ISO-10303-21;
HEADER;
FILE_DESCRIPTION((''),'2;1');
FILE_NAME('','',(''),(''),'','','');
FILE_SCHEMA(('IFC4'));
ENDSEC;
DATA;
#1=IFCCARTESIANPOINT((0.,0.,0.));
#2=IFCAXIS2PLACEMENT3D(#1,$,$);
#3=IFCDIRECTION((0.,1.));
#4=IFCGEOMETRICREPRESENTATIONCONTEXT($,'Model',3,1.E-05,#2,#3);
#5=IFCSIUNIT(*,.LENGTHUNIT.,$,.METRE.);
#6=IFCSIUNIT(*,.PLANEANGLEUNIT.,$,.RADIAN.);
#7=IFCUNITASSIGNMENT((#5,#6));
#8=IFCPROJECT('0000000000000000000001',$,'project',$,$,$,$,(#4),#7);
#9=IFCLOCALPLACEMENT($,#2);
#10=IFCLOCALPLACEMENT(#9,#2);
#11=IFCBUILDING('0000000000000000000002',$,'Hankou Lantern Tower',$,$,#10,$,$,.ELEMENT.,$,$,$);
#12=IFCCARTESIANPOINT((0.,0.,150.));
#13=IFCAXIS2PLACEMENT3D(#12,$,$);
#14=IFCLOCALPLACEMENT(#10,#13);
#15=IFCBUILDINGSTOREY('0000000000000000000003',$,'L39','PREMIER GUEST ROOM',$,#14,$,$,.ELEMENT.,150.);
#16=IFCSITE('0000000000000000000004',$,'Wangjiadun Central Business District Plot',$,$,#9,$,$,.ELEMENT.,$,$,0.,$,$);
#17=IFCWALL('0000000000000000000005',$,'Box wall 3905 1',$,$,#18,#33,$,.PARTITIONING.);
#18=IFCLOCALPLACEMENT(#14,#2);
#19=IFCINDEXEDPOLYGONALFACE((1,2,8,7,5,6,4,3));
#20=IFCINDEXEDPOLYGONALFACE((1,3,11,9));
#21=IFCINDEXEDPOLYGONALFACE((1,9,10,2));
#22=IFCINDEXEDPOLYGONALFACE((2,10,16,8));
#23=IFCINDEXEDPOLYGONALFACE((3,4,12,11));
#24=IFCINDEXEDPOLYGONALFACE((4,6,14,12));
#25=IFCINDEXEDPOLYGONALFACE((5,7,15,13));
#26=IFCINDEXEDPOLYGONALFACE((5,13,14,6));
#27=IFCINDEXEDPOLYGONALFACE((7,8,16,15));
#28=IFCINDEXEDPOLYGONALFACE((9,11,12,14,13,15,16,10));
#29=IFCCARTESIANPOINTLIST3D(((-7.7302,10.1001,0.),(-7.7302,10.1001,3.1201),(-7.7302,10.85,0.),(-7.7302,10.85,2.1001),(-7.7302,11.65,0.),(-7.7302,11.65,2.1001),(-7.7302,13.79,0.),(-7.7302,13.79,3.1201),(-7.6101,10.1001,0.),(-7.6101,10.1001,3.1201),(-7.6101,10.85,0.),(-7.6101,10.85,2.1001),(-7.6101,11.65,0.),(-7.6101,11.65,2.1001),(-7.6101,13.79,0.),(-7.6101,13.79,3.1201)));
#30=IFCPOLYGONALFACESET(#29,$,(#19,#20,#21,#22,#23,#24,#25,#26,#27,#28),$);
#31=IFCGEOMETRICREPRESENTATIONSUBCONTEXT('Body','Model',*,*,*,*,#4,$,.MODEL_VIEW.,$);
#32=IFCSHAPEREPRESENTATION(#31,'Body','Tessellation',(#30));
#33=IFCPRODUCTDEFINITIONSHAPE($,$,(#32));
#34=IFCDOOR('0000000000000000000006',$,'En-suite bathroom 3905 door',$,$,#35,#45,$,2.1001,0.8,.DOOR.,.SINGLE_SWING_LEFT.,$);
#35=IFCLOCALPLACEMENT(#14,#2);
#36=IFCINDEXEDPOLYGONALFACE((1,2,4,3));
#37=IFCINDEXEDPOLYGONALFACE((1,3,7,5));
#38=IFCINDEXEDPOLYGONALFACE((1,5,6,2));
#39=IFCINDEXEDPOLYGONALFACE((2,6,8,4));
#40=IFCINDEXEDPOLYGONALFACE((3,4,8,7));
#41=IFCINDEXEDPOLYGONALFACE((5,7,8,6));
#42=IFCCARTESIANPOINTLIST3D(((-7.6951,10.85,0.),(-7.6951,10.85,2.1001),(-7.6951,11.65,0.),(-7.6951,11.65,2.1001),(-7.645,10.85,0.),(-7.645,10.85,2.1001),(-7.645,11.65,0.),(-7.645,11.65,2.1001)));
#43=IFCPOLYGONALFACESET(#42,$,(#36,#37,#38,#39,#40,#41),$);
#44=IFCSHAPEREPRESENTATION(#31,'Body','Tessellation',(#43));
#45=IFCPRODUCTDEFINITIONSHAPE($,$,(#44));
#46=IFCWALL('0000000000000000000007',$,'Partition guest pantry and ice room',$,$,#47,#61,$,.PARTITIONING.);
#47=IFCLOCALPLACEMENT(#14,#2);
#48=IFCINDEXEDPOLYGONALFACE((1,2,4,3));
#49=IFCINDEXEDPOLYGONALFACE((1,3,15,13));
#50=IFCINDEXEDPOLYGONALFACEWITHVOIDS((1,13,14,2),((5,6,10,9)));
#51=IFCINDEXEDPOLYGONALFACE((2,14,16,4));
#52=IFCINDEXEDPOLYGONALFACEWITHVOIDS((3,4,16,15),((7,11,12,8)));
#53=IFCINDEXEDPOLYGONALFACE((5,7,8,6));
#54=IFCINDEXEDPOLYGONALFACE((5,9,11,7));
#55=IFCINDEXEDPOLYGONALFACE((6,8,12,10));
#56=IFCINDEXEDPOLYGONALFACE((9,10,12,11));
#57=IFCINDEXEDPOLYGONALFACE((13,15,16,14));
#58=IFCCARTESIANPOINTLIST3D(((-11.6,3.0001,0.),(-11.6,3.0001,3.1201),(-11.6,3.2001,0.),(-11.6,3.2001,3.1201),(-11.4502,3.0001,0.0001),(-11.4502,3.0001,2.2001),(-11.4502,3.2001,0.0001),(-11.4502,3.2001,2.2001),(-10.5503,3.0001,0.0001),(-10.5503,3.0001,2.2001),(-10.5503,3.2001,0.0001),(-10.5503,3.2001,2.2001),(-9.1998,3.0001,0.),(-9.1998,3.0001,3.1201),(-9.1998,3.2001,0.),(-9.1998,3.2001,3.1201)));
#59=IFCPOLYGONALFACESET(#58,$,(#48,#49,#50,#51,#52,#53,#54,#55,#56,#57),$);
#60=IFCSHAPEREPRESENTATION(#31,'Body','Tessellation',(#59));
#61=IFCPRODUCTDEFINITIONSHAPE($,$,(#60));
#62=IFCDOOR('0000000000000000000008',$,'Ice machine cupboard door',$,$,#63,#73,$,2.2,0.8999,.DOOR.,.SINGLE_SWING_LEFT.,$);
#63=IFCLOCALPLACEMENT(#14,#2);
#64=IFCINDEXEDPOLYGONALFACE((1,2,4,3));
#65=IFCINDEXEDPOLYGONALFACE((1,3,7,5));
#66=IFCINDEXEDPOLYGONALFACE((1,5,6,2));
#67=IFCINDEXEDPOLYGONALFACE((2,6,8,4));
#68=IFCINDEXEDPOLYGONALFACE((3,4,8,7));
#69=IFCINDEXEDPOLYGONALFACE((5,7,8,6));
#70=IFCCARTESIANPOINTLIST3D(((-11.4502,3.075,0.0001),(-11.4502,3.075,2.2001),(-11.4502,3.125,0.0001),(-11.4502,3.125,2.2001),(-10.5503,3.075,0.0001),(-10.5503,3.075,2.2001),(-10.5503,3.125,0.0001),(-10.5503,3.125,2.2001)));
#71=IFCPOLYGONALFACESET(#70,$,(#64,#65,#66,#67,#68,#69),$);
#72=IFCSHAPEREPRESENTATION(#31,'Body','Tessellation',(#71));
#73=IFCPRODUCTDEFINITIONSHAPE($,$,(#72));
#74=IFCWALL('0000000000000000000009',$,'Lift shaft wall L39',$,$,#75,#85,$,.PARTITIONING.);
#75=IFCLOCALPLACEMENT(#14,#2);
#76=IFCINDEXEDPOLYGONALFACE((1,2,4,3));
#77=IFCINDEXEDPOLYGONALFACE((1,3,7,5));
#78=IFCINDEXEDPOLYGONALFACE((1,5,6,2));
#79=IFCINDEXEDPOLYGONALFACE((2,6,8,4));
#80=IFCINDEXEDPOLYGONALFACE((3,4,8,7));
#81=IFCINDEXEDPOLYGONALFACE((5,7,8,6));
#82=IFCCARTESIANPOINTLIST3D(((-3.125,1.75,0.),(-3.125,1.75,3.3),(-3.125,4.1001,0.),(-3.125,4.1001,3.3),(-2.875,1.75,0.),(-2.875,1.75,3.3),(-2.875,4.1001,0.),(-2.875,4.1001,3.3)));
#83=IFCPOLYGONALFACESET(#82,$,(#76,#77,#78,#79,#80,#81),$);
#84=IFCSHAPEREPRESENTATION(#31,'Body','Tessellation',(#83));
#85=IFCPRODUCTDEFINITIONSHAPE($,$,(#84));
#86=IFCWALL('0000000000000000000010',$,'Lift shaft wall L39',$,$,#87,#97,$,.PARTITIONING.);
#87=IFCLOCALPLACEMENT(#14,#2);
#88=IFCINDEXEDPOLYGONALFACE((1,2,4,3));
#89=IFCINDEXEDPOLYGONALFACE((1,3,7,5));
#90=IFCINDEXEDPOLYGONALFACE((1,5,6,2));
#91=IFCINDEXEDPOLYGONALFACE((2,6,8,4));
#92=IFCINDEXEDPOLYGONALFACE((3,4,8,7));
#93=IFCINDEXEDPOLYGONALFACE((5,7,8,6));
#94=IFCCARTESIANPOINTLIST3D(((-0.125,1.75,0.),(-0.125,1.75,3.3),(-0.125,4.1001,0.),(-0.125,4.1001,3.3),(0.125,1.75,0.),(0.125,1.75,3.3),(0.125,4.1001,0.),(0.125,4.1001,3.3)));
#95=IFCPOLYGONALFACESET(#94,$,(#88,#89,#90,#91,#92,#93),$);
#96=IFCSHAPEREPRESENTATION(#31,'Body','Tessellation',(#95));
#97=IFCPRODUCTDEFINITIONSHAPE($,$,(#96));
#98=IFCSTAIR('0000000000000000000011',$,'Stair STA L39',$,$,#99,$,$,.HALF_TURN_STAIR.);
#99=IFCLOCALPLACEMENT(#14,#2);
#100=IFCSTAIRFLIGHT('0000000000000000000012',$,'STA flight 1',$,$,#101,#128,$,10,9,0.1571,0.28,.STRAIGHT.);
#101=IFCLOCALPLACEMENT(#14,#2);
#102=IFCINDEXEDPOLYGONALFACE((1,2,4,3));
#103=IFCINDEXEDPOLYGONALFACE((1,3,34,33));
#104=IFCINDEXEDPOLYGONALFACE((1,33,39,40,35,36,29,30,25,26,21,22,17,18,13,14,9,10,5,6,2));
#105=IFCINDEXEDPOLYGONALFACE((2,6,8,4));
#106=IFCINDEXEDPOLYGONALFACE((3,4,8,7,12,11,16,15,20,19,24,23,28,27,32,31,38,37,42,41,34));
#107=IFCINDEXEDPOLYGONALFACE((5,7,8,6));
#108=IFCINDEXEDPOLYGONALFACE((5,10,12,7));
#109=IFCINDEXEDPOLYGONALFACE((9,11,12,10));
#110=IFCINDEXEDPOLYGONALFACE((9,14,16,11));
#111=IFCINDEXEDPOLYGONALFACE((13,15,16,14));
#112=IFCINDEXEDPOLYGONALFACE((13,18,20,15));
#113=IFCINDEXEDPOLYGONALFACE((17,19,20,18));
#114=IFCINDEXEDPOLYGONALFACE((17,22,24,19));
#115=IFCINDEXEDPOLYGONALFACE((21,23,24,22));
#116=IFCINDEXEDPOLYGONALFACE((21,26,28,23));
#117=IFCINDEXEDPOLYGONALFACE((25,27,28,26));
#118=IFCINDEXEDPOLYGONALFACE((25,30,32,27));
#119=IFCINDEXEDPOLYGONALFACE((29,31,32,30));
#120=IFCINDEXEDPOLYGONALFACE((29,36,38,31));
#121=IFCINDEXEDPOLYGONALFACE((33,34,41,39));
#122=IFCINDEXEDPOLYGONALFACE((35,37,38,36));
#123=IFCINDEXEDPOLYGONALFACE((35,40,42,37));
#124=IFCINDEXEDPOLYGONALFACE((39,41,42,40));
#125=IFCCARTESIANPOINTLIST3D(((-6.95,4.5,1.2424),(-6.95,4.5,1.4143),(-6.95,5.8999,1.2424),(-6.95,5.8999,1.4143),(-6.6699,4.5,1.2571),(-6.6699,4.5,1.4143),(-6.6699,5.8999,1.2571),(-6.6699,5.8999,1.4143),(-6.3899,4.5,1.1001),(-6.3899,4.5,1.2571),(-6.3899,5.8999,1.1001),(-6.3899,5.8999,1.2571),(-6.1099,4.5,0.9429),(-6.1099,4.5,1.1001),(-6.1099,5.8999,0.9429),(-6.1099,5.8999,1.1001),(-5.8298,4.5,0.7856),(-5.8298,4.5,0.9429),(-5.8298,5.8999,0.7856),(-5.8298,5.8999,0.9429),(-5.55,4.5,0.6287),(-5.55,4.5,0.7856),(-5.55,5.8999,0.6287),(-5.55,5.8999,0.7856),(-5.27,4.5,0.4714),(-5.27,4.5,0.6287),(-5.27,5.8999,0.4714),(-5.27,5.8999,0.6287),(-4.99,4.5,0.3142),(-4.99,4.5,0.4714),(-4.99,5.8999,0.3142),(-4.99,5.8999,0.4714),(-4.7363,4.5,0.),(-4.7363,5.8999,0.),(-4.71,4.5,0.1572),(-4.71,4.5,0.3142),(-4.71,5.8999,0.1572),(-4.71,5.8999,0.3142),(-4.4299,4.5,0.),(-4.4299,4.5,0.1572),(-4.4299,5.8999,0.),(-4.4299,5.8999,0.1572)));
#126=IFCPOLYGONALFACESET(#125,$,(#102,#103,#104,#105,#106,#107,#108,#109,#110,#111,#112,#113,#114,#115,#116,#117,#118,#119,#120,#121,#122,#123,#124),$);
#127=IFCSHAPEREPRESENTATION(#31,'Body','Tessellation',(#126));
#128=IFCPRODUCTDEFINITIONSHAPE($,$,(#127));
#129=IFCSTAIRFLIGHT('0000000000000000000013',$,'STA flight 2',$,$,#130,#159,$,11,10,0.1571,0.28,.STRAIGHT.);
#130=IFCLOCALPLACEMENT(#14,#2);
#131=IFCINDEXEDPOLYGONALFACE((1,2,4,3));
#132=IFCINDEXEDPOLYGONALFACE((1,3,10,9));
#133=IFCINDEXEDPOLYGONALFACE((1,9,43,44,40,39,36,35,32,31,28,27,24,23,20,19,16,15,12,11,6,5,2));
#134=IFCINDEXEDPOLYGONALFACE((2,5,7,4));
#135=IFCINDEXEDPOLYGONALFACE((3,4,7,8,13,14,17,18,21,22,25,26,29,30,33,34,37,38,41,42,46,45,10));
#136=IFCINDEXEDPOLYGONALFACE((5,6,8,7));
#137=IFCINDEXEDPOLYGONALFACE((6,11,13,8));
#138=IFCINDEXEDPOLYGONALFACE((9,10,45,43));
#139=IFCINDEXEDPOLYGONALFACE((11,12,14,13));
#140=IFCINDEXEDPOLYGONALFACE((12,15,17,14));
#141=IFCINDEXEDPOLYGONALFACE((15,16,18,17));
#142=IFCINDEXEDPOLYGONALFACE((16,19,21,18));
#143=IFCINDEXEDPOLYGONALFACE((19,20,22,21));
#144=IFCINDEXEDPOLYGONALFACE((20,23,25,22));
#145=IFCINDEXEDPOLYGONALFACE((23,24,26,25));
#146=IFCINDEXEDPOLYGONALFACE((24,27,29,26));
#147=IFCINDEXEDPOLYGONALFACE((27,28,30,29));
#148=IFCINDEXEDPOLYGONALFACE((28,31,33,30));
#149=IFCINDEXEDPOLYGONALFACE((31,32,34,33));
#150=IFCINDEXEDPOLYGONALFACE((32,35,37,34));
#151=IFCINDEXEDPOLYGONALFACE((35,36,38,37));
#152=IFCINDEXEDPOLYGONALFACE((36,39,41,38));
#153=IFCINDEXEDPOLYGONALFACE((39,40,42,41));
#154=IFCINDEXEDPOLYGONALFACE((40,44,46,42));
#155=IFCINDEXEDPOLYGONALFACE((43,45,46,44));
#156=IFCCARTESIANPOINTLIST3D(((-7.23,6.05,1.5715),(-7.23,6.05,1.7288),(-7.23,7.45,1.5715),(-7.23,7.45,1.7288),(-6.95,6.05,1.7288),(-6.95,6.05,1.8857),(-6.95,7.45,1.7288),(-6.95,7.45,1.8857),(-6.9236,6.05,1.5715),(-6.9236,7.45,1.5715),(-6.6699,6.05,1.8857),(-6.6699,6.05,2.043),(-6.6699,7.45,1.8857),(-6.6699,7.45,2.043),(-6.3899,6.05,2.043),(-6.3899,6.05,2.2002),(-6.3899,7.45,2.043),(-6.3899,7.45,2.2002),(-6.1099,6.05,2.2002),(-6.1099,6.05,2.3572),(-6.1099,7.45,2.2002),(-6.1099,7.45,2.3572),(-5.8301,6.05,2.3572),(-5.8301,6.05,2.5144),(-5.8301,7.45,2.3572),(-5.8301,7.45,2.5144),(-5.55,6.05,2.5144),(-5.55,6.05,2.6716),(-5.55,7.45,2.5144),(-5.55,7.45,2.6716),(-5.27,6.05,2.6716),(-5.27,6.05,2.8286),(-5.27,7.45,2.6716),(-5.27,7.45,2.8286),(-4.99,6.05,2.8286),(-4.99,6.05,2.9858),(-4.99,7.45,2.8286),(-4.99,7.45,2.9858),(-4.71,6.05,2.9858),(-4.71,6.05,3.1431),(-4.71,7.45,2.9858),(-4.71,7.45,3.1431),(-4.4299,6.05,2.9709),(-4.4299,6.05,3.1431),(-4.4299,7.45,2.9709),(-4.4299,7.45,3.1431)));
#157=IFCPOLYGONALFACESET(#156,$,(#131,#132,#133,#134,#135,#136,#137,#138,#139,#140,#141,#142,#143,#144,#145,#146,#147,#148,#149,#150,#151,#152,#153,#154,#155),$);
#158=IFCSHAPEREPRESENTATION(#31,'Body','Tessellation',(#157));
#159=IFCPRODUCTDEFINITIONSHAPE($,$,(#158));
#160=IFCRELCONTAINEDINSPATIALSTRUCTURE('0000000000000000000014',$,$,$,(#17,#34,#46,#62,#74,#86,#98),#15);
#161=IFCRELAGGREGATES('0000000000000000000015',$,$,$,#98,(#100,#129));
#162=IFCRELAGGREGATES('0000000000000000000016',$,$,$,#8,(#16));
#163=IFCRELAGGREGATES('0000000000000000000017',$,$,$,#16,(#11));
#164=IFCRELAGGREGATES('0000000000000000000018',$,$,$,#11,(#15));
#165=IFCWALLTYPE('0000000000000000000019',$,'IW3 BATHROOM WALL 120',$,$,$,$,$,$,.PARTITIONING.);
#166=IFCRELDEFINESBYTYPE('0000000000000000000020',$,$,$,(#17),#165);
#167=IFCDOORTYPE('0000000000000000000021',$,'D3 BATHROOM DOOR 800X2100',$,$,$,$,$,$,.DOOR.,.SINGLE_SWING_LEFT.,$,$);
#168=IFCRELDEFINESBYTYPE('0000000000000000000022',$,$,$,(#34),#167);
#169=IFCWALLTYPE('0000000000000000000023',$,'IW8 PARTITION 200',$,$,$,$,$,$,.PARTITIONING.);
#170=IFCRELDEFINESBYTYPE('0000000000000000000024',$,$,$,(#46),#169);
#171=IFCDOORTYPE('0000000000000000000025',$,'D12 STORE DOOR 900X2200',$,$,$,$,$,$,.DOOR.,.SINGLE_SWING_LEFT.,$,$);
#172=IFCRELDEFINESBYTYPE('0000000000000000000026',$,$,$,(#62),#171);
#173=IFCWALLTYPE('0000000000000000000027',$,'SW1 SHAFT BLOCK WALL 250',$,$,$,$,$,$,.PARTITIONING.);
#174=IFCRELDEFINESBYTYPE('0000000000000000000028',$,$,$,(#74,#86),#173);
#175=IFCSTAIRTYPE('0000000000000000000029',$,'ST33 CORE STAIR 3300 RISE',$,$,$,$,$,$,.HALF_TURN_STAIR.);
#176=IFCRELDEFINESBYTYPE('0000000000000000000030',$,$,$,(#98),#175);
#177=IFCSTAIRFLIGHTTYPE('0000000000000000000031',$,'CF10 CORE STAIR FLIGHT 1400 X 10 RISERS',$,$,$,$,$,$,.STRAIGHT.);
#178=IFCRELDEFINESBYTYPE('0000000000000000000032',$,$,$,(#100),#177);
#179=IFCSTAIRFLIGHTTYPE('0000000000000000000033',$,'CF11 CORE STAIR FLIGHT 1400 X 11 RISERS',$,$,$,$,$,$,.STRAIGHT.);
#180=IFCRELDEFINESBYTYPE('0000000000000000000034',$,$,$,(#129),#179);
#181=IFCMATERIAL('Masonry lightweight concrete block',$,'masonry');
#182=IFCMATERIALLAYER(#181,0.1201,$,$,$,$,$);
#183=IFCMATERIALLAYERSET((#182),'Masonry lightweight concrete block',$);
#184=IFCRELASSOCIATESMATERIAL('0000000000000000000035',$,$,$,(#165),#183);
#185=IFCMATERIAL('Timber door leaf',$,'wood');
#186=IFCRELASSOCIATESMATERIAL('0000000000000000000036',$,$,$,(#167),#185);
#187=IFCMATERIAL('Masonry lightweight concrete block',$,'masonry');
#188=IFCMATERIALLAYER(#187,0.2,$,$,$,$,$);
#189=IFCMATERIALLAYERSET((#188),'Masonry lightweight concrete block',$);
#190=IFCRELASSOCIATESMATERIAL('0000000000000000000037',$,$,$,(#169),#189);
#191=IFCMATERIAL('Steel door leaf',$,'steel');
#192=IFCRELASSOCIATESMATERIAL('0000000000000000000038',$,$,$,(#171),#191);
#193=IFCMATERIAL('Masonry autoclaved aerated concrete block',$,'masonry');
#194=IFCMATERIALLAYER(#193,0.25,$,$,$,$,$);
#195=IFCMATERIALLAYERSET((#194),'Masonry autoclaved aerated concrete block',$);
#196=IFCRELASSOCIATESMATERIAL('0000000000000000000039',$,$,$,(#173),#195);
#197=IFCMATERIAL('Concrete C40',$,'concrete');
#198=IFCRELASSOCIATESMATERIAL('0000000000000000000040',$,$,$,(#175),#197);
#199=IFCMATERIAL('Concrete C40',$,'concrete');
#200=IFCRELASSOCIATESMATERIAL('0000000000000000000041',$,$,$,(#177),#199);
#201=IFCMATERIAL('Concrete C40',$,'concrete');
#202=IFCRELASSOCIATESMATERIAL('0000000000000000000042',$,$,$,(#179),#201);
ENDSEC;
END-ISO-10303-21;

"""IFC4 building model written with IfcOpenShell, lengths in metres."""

from ifc_helpers import new_model, si_unit, direction, frame, frame_2d, origin, place, context, subcontext, project, spatial, polyline, rectangle, outline, extrude, material, layer, layer_set, type_object, element, fill, aggregate, save


model = new_model("IFC4")

# Units and contexts
model_context = context("Model", 3, precision=1e-05, world=origin(), true_north=direction((0.0, 1.0)))
body_context = subcontext(model_context, "Body", "Model", "MODEL_VIEW")
ifc_project = project(units=[si_unit("LENGTHUNIT", "METRE"), si_unit("PLANEANGLEUNIT", "RADIAN")], contexts=[model_context])

# Site, building, storey
site_placement = place(None, origin())
site = spatial("IfcSite", under=ifc_project, at=site_placement, Name="Wangjiadun Central Business District Plot", CompositionType="ELEMENT", RefElevation=0.0)
building_placement = place(site_placement, origin())
building = spatial("IfcBuilding", under=site, at=building_placement, Name="Hankou Lantern Tower", CompositionType="ELEMENT")
storey_placement = place(building_placement, frame((0.0, 0.0, 150.0)))
storey = spatial("IfcBuildingStorey", under=building, at=storey_placement, Name="L39", Description="PREMIER GUEST ROOM", CompositionType="ELEMENT", Elevation=150.0)

# Walls, openings, doors
ifc_material_1 = material(Name="Masonry lightweight concrete block", Category="masonry")
ifc_layer_1 = layer(ifc_material_1, 0.1201)
ifc_layer_set_1 = layer_set([ifc_layer_1], Name="Masonry lightweight concrete block")
wall_type_1 = type_object("IfcWallType", Name="IW3 BATHROOM WALL 120", PredefinedType="PARTITIONING", material=ifc_layer_set_1)
wall_1_placement = place(storey_placement, frame((-7.6702, 10.1001, 0.0), z_axis=(0.0, 0.0, 1.0), x_axis=(0.0, 1.0, 0.0)))
wall_1 = element("IfcWall", 1, at=wall_1_placement, inside=storey, type_object=wall_type_1, Name="Box wall 3905 1", PredefinedType="PARTITIONING", context=body_context, shape_type="SweptSolid", body=[
    extrude(rectangle(XDim=3.6899, YDim=0.1201, at=frame_2d((1.845, 0.0))), origin(), (0.0, 0.0, 1.0), 3.1201),
])
opening_1_placement = place(wall_1_placement, frame((0.75, 0.0, 0.0)))
opening_1 = element("IfcOpeningElement", 2, at=opening_1_placement, cuts=wall_1, PredefinedType="OPENING", context=body_context, shape_type="SweptSolid", body=[
    extrude(rectangle(XDim=0.8, YDim=2.1001, at=frame_2d((0.3999, 1.05))), frame((0.0, 0.0701, 0.0), z_axis=(0.0, -1.0, 0.0), x_axis=(1.0, 0.0, 0.0)), (0.0, 0.0, 1.0), 0.1401),
])
ifc_material_2 = material(Name="Timber door leaf", Category="wood")
door_type_1 = type_object("IfcDoorType", Name="D3 BATHROOM DOOR 800X2100", OperationType="SINGLE_SWING_LEFT", PredefinedType="DOOR", material=ifc_material_2)
door_1_placement = place(opening_1_placement, origin())
door_1 = element("IfcDoor", 3, at=door_1_placement, inside=storey, type_object=door_type_1, Name="En-suite bathroom 3905 door", OperationType="SINGLE_SWING_LEFT", OverallHeight=2.1001, OverallWidth=0.8, PredefinedType="DOOR", context=body_context, shape_type="SweptSolid", body=[
    extrude(rectangle(XDim=0.8, YDim=2.1001, at=frame_2d((0.3999, 1.05))), frame((0.0, 0.0249, 0.0), z_axis=(0.0, -1.0, 0.0), x_axis=(1.0, 0.0, 0.0)), (0.0, 0.0, 1.0), 0.05),
])
fill(opening_1, door_1)
ifc_material_3 = material(Name="Masonry lightweight concrete block", Category="masonry")
ifc_layer_2 = layer(ifc_material_3, 0.2)
ifc_layer_set_2 = layer_set([ifc_layer_2], Name="Masonry lightweight concrete block")
wall_type_2 = type_object("IfcWallType", Name="IW8 PARTITION 200", PredefinedType="PARTITIONING", material=ifc_layer_set_2)
wall_2_placement = place(storey_placement, frame((-11.6001, 3.1001, 0.0), z_axis=(0.0, 0.0, 1.0), x_axis=(1.0, 0.0, 0.0)))
wall_2 = element("IfcWall", 4, at=wall_2_placement, inside=storey, type_object=wall_type_2, Name="Partition guest pantry and ice room", PredefinedType="PARTITIONING", context=body_context, shape_type="SweptSolid", body=[
    extrude(rectangle(XDim=2.4001, YDim=0.2, at=frame_2d((1.2002, 0.0))), origin(), (0.0, 0.0, 1.0), 3.1201),
])
opening_2_placement = place(wall_2_placement, frame((0.1499, 0.0, 0.0)))
opening_2 = element("IfcOpeningElement", 5, at=opening_2_placement, cuts=wall_2, PredefinedType="OPENING", context=body_context, shape_type="SweptSolid", body=[
    extrude(rectangle(XDim=0.8999, YDim=2.2, at=frame_2d((0.45, 1.1001))), frame((0.0, 0.1099, 0.0), z_axis=(0.0, -1.0, 0.0), x_axis=(1.0, 0.0, 0.0)), (0.0, 0.0, 1.0), 0.22),
])
ifc_material_4 = material(Name="Steel door leaf", Category="steel")
door_type_2 = type_object("IfcDoorType", Name="D12 STORE DOOR 900X2200", OperationType="SINGLE_SWING_LEFT", PredefinedType="DOOR", material=ifc_material_4)
door_2_placement = place(opening_2_placement, origin())
door_2 = element("IfcDoor", 6, at=door_2_placement, inside=storey, type_object=door_type_2, Name="Ice machine cupboard door", OperationType="SINGLE_SWING_LEFT", OverallHeight=2.2, OverallWidth=0.8999, PredefinedType="DOOR", context=body_context, shape_type="SweptSolid", body=[
    extrude(rectangle(XDim=0.8999, YDim=2.2, at=frame_2d((0.45, 1.1001))), frame((0.0, 0.0249, 0.0), z_axis=(0.0, -1.0, 0.0), x_axis=(1.0, 0.0, 0.0)), (0.0, 0.0, 1.0), 0.05),
])
fill(opening_2, door_2)

# Walls
ifc_material_5 = material(Name="Masonry autoclaved aerated concrete block", Category="masonry")
ifc_layer_3 = layer(ifc_material_5, 0.25)
ifc_layer_set_3 = layer_set([ifc_layer_3], Name="Masonry autoclaved aerated concrete block")
wall_type_3 = type_object("IfcWallType", Name="SW1 SHAFT BLOCK WALL 250", PredefinedType="PARTITIONING", material=ifc_layer_set_3)
for number, where, z_axis, x_axis, name in (
    (7, (-3.0, 1.75, 0.0), (0.0, 0.0, 1.0), (0.0, 1.0, 0.0), "Lift shaft wall L39"),
    (8, (0.0, 1.75, 0.0), (0.0, 0.0, 1.0), (0.0, 1.0, 0.0), "Lift shaft wall L39"),
):
    element("IfcWall", number, at=place(storey_placement, frame(where, z_axis=z_axis, x_axis=x_axis)), inside=storey, type_object=wall_type_3, Name=name, PredefinedType="PARTITIONING", context=body_context, shape_type="SweptSolid", body=[
        extrude(rectangle(XDim=2.3501, YDim=0.25, at=frame_2d((1.175, 0.0))), origin(), (0.0, 0.0, 1.0), 3.3),
    ])

# Stair, stair flights
ifc_material_6 = material(Name="Concrete C40", Category="concrete")
stair_type = type_object("IfcStairType", Name="ST33 CORE STAIR 3300 RISE", PredefinedType="HALF_TURN_STAIR", material=ifc_material_6)
stair_placement = place(storey_placement, origin())
stair = element("IfcStair", 9, at=stair_placement, inside=storey, type_object=stair_type, Name="Stair STA L39", PredefinedType="HALF_TURN_STAIR")
ifc_material_7 = material(Name="Concrete C40", Category="concrete")
stair_flight_type_1 = type_object("IfcStairFlightType", Name="CF10 CORE STAIR FLIGHT 1400 X 10 RISERS", PredefinedType="STRAIGHT", material=ifc_material_7)
stair_flight_1_placement = place(storey_placement, frame((-4.4299, 5.2, 0.0), z_axis=(0.0, 0.0, 1.0), x_axis=(-1.0, 0.0, 0.0)))
stair_flight_1 = element("IfcStairFlight", 10, at=stair_flight_1_placement, type_object=stair_flight_type_1, Name="STA flight 1", NumberOfRisers=10, NumberOfTreads=9, PredefinedType="STRAIGHT", RiserHeight=0.1571, TreadLength=0.28, context=body_context, shape_type="SweptSolid", body=[
    extrude(outline(polyline([(0.0, 0.0), (0.0, 0.1572), (0.28, 0.1572), (0.28, 0.3142), (0.5601, 0.3142), (0.5601, 0.4714), (0.8401, 0.4714), (0.8401, 0.6287), (1.1201, 0.6287), (1.1201, 0.7856), (1.3999, 0.7856), (1.3999, 0.9429), (1.6799, 0.9429), (1.6799, 1.1001), (1.96, 1.1001), (1.96, 1.2571), (2.24, 1.2571), (2.24, 1.4143), (2.52, 1.4143), (2.52, 1.5715), (2.52, 1.2424), (0.3064, 0.0), (0.0, 0.0)])), frame((0.0, 0.7, 0.0), z_axis=(0.0, -1.0, 0.0), x_axis=(1.0, 0.0, 0.0)), (0.0, 0.0, 1.0), 1.3999),
])
ifc_material_8 = material(Name="Concrete C40", Category="concrete")
stair_flight_type_2 = type_object("IfcStairFlightType", Name="CF11 CORE STAIR FLIGHT 1400 X 11 RISERS", PredefinedType="STRAIGHT", material=ifc_material_8)
stair_flight_2_placement = place(storey_placement, frame((-7.23, 6.75, 1.5715), z_axis=(0.0, 0.0, 1.0), x_axis=(1.0, 0.0, 0.0)))
stair_flight_2 = element("IfcStairFlight", 11, at=stair_flight_2_placement, type_object=stair_flight_type_2, Name="STA flight 2", NumberOfRisers=11, NumberOfTreads=10, PredefinedType="STRAIGHT", RiserHeight=0.1571, TreadLength=0.28, context=body_context, shape_type="SweptSolid", body=[
    extrude(outline(polyline([(0.0, 0.0), (0.0, 0.1572), (0.28, 0.1572), (0.28, 0.3142), (0.5601, 0.3142), (0.5601, 0.4714), (0.8401, 0.4714), (0.8401, 0.6287), (1.1201, 0.6287), (1.1201, 0.7856), (1.3999, 0.7856), (1.3999, 0.9429), (1.6799, 0.9429), (1.6799, 1.1001), (1.96, 1.1001), (1.96, 1.2571), (2.24, 1.2571), (2.24, 1.4143), (2.52, 1.4143), (2.52, 1.5715), (2.8, 1.5715), (2.8, 1.7285), (2.8, 1.3994), (0.3064, 0.0), (0.0, 0.0)])), frame((0.0, 0.7, 0.0), z_axis=(0.0, -1.0, 0.0), x_axis=(1.0, 0.0, 0.0)), (0.0, 0.0, 1.0), 1.3999),
])
aggregate(stair, [stair_flight_1, stair_flight_2])

save(model, "model.ifc")
